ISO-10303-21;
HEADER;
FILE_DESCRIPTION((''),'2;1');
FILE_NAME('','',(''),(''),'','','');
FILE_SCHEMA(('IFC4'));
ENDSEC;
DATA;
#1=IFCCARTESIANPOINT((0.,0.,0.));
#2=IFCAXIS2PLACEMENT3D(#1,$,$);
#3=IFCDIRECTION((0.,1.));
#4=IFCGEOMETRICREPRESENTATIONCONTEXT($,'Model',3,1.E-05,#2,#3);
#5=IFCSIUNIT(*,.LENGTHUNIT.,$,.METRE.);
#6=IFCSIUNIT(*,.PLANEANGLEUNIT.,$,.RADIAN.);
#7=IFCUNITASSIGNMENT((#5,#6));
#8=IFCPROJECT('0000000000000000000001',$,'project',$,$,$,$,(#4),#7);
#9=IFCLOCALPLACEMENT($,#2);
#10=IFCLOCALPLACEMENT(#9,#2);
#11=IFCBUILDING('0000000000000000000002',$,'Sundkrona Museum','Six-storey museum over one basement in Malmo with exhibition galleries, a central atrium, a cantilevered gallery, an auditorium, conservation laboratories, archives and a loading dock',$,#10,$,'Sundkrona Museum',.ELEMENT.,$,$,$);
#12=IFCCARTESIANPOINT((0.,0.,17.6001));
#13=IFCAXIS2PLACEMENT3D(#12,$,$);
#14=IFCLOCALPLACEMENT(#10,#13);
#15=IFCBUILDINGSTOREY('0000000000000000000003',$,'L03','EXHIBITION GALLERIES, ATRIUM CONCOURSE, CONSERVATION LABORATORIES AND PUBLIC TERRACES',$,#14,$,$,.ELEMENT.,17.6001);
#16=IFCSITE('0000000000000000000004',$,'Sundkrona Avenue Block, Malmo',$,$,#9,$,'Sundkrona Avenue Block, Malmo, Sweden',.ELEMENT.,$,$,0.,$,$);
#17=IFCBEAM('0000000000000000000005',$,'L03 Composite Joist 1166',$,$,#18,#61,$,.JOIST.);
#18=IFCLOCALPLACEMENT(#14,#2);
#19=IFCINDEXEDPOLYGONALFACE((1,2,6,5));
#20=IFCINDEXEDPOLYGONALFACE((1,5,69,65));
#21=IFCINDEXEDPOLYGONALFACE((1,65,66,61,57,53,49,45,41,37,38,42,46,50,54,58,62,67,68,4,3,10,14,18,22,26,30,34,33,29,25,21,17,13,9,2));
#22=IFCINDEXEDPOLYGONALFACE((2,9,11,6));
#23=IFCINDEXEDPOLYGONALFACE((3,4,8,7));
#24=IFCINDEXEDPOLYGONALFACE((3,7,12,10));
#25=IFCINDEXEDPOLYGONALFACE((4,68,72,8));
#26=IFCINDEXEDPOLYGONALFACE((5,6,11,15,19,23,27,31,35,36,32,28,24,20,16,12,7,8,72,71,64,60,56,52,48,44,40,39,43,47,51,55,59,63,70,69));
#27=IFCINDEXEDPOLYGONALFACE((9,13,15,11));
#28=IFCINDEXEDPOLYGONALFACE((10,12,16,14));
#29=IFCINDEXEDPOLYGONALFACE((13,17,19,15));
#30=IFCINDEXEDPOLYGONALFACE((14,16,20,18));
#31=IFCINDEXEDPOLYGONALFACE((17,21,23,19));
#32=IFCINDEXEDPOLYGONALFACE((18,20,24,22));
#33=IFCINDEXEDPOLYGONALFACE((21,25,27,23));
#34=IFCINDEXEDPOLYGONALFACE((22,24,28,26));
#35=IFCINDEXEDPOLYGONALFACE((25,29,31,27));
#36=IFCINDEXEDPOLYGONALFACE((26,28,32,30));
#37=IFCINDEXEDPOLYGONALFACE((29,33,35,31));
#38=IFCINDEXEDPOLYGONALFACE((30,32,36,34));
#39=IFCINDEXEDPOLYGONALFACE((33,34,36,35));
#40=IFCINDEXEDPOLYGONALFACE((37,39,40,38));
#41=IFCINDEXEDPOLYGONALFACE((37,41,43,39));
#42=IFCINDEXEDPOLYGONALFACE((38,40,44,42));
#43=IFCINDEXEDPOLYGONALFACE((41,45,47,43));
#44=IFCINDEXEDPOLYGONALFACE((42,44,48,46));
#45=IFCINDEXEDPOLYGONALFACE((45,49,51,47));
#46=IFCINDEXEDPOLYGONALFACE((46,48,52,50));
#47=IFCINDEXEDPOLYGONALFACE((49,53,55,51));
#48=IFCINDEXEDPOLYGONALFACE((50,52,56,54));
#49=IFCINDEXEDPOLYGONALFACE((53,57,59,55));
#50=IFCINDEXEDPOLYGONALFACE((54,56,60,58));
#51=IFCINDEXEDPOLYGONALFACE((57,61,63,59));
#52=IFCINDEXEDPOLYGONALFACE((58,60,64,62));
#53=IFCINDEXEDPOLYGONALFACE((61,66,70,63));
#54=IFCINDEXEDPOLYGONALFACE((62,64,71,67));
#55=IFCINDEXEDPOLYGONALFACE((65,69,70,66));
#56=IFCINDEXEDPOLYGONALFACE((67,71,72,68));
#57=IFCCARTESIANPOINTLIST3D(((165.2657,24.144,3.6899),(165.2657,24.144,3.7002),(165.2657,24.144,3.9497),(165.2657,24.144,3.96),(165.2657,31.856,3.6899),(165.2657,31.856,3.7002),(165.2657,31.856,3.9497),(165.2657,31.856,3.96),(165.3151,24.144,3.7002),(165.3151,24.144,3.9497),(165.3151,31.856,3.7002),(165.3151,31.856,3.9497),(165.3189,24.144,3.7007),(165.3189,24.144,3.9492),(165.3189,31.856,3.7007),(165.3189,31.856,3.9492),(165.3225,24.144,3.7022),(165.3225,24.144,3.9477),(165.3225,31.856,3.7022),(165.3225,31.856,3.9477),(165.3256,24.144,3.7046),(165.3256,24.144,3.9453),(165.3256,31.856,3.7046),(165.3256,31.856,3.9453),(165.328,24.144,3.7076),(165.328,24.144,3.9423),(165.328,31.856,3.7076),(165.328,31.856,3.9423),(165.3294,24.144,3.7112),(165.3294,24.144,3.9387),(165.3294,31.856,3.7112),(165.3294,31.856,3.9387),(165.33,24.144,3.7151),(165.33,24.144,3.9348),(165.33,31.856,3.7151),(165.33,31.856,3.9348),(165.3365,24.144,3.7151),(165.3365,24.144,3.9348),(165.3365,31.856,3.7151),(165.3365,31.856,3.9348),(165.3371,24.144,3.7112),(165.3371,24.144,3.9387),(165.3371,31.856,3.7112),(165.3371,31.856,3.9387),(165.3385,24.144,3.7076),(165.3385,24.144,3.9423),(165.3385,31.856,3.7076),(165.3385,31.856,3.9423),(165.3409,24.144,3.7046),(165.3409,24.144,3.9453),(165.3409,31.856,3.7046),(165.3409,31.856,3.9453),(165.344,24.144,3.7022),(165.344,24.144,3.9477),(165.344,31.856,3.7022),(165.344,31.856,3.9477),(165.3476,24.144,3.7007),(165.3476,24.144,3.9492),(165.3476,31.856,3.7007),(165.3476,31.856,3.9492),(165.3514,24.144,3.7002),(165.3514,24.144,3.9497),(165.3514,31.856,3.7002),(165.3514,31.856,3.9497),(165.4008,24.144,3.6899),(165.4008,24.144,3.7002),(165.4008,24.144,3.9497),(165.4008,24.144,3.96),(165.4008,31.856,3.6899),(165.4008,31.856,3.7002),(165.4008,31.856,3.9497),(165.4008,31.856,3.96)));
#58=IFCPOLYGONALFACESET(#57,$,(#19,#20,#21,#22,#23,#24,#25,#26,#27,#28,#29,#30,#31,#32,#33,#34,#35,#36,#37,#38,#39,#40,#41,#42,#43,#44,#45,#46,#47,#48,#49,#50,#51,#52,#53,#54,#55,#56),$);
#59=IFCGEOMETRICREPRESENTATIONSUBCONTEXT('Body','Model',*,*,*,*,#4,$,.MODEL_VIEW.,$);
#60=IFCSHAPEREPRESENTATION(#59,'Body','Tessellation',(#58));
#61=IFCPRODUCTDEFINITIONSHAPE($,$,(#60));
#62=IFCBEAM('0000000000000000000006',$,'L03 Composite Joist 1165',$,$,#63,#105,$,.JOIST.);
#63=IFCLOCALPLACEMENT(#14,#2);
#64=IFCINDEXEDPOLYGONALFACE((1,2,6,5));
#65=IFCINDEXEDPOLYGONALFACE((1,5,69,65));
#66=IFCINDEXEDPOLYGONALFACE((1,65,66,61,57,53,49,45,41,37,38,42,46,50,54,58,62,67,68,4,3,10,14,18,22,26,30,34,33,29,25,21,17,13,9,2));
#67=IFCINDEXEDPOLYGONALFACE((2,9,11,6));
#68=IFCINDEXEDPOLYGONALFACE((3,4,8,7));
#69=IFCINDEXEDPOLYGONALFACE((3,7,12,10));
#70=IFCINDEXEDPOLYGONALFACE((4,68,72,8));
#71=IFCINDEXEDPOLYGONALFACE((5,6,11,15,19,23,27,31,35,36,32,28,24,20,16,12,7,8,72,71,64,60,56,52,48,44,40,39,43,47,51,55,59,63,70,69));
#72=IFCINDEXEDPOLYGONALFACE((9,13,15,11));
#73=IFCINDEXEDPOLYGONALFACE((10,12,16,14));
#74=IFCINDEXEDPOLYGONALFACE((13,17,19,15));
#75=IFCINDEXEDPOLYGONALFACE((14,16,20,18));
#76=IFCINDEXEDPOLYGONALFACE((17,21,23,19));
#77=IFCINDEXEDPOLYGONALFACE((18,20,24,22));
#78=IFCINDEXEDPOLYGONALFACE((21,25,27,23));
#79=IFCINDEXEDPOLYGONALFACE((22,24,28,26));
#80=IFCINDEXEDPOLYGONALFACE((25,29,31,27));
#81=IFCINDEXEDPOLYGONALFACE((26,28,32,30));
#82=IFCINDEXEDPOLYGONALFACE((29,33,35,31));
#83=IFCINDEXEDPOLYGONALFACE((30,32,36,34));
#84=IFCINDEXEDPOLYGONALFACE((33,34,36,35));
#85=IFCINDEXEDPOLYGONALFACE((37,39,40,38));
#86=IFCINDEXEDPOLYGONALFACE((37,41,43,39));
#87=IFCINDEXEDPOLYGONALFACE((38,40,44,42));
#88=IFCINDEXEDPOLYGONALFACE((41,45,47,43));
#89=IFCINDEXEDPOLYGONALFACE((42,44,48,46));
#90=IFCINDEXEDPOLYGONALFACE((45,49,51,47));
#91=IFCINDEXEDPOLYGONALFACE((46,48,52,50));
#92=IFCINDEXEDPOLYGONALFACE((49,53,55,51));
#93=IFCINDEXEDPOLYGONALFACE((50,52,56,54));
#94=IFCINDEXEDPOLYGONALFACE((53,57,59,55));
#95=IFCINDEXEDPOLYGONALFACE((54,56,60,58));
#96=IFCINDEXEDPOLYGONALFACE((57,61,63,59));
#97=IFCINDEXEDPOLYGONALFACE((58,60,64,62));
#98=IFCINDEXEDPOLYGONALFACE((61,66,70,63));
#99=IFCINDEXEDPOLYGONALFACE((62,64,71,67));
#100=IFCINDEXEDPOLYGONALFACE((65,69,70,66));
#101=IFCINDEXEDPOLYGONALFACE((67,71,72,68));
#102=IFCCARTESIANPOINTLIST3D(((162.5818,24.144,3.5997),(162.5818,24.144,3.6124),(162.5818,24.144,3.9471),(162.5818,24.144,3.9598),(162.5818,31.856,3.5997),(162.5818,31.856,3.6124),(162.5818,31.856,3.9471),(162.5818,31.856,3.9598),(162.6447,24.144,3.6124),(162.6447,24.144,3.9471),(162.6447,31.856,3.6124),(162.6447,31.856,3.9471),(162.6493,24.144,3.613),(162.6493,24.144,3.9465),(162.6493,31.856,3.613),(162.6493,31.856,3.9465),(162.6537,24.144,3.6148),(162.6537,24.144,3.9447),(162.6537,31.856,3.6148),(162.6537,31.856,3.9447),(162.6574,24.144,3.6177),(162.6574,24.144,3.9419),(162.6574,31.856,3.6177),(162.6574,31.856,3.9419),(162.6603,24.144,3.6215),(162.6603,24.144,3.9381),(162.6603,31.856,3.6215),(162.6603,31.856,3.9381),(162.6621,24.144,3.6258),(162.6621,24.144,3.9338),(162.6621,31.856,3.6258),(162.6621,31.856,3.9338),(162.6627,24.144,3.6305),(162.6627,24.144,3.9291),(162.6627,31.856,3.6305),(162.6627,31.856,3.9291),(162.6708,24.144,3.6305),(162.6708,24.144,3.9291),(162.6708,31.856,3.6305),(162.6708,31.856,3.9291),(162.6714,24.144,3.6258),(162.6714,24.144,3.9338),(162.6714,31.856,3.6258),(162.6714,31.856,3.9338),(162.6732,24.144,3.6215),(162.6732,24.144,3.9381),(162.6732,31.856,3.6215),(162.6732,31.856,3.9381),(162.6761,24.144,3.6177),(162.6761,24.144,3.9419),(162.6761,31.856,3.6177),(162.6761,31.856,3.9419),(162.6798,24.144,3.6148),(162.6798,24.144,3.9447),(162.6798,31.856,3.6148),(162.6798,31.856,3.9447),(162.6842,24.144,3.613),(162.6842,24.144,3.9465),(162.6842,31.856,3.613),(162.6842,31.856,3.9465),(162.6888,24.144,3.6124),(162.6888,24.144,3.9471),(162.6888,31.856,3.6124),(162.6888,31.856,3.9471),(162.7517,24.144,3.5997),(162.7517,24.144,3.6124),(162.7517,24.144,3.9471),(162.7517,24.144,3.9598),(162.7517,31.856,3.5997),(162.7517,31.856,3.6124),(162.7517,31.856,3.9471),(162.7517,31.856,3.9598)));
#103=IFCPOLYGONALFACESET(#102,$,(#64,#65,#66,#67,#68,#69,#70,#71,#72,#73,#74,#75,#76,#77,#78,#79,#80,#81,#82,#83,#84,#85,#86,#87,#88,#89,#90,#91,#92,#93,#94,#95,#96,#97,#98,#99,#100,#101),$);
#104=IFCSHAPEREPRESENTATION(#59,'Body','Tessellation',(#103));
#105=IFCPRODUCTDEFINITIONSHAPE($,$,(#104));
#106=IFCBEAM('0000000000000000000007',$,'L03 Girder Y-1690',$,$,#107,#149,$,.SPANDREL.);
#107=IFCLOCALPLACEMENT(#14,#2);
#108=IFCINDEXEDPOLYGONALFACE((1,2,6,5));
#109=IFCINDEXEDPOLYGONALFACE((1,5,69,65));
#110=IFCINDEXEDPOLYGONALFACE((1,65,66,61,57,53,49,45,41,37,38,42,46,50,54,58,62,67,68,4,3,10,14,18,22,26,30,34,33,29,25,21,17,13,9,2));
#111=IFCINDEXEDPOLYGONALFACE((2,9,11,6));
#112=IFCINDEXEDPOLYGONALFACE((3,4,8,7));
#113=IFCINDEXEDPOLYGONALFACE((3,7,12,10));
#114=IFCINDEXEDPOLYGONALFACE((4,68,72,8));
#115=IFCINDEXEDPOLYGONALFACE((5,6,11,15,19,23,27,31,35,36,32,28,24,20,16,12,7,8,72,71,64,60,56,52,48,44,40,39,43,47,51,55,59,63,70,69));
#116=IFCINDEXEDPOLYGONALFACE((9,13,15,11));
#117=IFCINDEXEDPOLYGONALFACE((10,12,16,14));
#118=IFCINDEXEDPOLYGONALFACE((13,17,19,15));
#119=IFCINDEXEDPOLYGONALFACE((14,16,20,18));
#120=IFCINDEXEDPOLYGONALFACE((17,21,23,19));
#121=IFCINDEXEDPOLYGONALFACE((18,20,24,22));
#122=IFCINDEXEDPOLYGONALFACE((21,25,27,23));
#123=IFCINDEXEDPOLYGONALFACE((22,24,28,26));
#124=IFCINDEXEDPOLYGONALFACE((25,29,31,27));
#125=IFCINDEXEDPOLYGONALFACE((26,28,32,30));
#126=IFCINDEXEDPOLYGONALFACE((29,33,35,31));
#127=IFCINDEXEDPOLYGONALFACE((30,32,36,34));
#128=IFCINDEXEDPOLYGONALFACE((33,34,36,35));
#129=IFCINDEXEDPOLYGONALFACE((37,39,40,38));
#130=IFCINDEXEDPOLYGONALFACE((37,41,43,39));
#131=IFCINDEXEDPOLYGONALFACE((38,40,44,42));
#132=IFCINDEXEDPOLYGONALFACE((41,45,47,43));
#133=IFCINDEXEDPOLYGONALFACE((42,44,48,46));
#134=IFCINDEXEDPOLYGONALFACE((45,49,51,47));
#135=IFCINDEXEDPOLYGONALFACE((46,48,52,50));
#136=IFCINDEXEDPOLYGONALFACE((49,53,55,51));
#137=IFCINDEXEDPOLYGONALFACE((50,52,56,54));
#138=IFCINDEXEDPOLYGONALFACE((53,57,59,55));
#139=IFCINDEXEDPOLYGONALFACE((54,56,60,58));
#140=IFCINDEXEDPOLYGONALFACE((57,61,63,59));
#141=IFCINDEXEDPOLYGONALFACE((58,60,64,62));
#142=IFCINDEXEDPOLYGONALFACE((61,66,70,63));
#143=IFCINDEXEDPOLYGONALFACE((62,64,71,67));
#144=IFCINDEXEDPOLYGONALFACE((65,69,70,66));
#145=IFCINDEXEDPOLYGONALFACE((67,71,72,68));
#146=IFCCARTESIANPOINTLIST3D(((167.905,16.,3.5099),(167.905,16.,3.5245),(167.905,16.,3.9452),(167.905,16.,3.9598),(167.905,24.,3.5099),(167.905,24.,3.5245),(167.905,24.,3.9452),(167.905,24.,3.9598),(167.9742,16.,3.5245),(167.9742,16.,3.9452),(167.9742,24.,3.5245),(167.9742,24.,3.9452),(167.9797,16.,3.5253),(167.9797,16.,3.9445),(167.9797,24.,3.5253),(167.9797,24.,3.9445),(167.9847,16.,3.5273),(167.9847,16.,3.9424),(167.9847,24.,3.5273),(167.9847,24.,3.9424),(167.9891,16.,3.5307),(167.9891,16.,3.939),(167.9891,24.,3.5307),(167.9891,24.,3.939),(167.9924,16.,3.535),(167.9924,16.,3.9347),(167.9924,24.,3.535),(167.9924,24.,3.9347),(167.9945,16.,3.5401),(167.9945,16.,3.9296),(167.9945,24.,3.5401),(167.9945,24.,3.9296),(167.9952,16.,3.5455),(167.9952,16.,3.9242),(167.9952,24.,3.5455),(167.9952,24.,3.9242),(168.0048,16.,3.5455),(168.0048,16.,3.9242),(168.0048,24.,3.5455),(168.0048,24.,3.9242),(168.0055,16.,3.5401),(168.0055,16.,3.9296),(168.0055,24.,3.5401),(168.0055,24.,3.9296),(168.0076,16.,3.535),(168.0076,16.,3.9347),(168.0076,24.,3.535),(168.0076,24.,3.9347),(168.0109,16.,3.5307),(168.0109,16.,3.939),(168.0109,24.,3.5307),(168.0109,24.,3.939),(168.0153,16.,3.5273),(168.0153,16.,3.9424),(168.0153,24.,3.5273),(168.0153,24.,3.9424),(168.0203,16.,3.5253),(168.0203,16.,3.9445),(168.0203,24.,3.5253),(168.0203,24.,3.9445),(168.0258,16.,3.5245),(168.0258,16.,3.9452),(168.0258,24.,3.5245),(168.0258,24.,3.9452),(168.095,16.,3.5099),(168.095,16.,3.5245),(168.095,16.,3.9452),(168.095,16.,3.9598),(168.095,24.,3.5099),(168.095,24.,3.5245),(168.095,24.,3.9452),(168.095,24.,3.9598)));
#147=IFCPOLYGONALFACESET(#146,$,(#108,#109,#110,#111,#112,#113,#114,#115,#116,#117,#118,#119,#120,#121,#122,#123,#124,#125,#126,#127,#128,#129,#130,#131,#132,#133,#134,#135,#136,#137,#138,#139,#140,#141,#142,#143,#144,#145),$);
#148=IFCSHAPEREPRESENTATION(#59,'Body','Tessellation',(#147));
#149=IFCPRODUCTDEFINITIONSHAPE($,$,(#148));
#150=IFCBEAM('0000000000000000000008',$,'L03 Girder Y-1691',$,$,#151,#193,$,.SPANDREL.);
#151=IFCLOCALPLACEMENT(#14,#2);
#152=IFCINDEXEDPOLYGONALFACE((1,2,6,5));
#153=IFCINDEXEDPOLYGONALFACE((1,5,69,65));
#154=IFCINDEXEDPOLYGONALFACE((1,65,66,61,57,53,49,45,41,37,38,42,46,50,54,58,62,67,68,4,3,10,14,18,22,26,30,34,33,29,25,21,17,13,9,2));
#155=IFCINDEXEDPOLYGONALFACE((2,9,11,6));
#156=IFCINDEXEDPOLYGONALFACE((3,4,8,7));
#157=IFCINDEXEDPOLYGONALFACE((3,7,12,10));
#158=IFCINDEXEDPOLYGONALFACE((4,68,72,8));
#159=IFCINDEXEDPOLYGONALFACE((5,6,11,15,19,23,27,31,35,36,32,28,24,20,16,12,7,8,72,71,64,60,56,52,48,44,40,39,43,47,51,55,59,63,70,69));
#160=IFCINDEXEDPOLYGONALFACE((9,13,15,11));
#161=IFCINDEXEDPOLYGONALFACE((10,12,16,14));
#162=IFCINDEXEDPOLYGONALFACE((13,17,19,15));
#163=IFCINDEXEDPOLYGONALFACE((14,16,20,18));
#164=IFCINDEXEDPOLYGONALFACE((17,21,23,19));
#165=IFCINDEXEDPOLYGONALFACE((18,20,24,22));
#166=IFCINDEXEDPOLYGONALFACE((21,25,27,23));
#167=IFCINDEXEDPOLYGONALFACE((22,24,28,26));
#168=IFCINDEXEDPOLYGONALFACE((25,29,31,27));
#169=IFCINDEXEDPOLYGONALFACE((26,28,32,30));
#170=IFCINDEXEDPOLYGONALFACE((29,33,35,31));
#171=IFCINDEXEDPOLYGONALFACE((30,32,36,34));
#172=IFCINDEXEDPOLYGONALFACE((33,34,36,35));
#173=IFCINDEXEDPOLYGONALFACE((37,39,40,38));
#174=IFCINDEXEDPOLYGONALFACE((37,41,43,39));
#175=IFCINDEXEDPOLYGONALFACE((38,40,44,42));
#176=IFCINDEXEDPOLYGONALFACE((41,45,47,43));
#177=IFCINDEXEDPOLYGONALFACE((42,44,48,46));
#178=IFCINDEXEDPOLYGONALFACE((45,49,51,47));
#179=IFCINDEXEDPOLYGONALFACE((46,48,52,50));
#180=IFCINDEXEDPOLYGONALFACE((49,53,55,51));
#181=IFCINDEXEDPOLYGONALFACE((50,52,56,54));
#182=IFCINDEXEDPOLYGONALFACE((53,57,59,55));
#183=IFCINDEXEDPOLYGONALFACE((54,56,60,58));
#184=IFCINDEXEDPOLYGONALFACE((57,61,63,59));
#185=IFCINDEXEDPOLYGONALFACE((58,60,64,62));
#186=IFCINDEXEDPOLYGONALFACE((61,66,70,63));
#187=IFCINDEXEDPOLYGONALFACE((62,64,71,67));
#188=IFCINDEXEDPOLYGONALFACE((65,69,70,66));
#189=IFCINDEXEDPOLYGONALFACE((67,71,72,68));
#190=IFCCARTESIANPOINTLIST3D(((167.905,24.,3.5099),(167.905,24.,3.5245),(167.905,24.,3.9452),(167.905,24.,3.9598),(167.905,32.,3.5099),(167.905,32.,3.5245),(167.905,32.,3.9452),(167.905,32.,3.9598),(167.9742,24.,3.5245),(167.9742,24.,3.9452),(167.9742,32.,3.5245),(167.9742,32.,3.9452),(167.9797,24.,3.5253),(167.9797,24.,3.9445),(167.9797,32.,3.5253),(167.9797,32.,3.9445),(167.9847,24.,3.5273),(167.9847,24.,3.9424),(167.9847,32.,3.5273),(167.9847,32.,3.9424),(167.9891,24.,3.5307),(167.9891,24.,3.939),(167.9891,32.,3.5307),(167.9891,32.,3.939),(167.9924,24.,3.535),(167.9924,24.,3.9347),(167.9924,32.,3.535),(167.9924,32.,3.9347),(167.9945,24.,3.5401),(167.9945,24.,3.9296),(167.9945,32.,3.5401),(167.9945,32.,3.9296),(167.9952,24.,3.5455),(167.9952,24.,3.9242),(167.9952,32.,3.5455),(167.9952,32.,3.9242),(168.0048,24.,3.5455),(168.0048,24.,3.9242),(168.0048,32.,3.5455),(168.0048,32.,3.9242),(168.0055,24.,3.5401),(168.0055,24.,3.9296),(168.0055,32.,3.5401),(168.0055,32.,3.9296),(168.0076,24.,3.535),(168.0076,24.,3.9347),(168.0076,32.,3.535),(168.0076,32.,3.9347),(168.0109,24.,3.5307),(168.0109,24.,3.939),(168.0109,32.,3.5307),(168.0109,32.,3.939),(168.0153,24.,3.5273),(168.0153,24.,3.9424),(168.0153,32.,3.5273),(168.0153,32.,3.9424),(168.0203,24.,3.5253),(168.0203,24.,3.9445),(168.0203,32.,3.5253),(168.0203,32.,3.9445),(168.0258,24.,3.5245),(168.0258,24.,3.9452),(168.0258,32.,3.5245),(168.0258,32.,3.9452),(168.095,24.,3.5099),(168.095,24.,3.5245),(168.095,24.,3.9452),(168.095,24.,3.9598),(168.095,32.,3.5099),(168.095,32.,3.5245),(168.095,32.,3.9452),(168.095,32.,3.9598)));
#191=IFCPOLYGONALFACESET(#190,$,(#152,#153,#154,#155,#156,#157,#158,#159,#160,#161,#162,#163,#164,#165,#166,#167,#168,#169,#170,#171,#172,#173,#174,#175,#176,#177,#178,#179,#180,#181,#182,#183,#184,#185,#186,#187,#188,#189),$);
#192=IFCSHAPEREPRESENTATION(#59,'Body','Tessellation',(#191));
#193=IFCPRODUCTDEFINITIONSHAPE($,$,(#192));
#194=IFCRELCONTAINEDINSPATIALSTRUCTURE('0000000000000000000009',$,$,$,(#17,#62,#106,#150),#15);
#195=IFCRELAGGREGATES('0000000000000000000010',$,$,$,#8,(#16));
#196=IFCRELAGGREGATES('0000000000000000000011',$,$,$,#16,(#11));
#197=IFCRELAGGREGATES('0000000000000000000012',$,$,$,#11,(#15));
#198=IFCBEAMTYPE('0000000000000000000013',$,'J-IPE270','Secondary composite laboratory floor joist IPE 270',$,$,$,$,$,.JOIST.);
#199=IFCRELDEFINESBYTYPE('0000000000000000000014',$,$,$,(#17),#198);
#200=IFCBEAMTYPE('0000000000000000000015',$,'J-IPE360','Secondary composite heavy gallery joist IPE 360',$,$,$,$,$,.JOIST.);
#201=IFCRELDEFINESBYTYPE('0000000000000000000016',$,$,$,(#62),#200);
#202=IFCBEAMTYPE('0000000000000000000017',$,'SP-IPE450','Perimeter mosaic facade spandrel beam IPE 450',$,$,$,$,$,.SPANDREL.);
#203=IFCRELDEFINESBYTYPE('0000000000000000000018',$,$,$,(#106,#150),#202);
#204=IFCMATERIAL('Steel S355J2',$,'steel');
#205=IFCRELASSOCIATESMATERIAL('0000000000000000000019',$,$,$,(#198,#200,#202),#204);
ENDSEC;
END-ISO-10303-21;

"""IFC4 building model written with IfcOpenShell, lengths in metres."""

from ifc_helpers import new_model, si_unit, direction, frame, origin, origin_2d, place, context, subcontext, project, spatial, i_section, extrude, material, material_profile, profile_set, type_object, element, save


model = new_model("IFC4")

# Units and contexts
model_context = context("Model", 3, precision=1e-05, world=origin(), true_north=direction((0.0, 1.0)))
body_context = subcontext(model_context, "Body", "Model", "MODEL_VIEW")
ifc_project = project(units=[si_unit("LENGTHUNIT", "METRE"), si_unit("PLANEANGLEUNIT", "RADIAN")], contexts=[model_context])

# Site, building, storey
site_placement = place(None, origin())
site = spatial("IfcSite", under=ifc_project, at=site_placement, Name="Sundkrona Avenue Block, Malmo", LongName="Sundkrona Avenue Block, Malmo, Sweden", CompositionType="ELEMENT", RefElevation=0.0)
building_placement = place(site_placement, origin())
building = spatial("IfcBuilding", under=site, at=building_placement, Name="Sundkrona Museum", Description="Six-storey museum over one basement in Malmo with exhibition galleries, a central atrium, a cantilevered gallery, an auditorium, conservation laboratories, archives and a loading dock", LongName="Sundkrona Museum", CompositionType="ELEMENT")
storey_placement = place(building_placement, frame((0.0, 0.0, 17.6001)))
storey = spatial("IfcBuildingStorey", under=building, at=storey_placement, Name="L03", Description="EXHIBITION GALLERIES, ATRIUM CONCOURSE, CONSERVATION LABORATORIES AND PUBLIC TERRACES", CompositionType="ELEMENT", Elevation=17.6001)

# Shared definitions
ifc_material_1 = material(Name="Steel S355J2", Category="steel")

# Beams
ifc_material_profile_1 = material_profile(ifc_material_1, i_section(OverallWidth=0.135, OverallDepth=0.27, WebThickness=0.0066, FlangeThickness=0.0103, FilletRadius=0.0149, at=origin_2d()), Name="IPE 270")
ifc_profile_set_1 = profile_set([ifc_material_profile_1], Name="Steel S355J2")
beam_type_1 = type_object("IfcBeamType", Name="J-IPE270", Description="Secondary composite laboratory floor joist IPE 270", PredefinedType="JOIST", material=ifc_profile_set_1)
for number, where, z_axis, x_axis, name in (
    (1, (165.3333, 24.144, 3.825), (0.0, 1.0, 0.0), (-1.0, 0.0, 0.0), "L03 Composite Joist 1166"),
):
    element("IfcBeam", number, at=place(storey_placement, frame(where, z_axis=z_axis, x_axis=x_axis)), inside=storey, type_object=beam_type_1, Name=name, PredefinedType="JOIST", context=body_context, shape_type="SweptSolid", body=[
        extrude(i_section(OverallWidth=0.135, OverallDepth=0.27, WebThickness=0.0066, FlangeThickness=0.0103, FilletRadius=0.0149, at=origin_2d()), origin(), (0.0, 0.0, 1.0), 7.7119),
    ])
ifc_material_profile_2 = material_profile(ifc_material_1, i_section(OverallWidth=0.1699, OverallDepth=0.3601, WebThickness=0.0081, FlangeThickness=0.0127, FilletRadius=0.0181, at=origin_2d()), Name="IPE 360")
ifc_profile_set_2 = profile_set([ifc_material_profile_2], Name="Steel S355J2")
beam_type_2 = type_object("IfcBeamType", Name="J-IPE360", Description="Secondary composite heavy gallery joist IPE 360", PredefinedType="JOIST", material=ifc_profile_set_2)
beam_placement = place(storey_placement, frame((162.6667, 24.144, 3.7798), z_axis=(0.0, 1.0, 0.0), x_axis=(-1.0, 0.0, 0.0)))
element("IfcBeam", 2, at=beam_placement, inside=storey, type_object=beam_type_2, Name="L03 Composite Joist 1165", PredefinedType="JOIST", context=body_context, shape_type="SweptSolid", body=[
    extrude(i_section(OverallWidth=0.1699, OverallDepth=0.3601, WebThickness=0.0081, FlangeThickness=0.0127, FilletRadius=0.0181, at=origin_2d()), origin(), (0.0, 0.0, 1.0), 7.7119),
])
ifc_material_profile_3 = material_profile(ifc_material_1, i_section(OverallWidth=0.1899, OverallDepth=0.45, WebThickness=0.0095, FlangeThickness=0.0146, FilletRadius=0.021, at=origin_2d()), Name="IPE 450")
ifc_profile_set_3 = profile_set([ifc_material_profile_3], Name="Steel S355J2")
beam_type_3 = type_object("IfcBeamType", Name="SP-IPE450", Description="Perimeter mosaic facade spandrel beam IPE 450", PredefinedType="SPANDREL", material=ifc_profile_set_3)
for number, where, z_axis, x_axis, name in (
    (3, (168.0, 16.0, 3.7349), (0.0, 1.0, 0.0), (-1.0, 0.0, 0.0), "L03 Girder Y-1690"),
    (4, (168.0, 24.0, 3.7349), (0.0, 1.0, 0.0), (-1.0, 0.0, 0.0), "L03 Girder Y-1691"),
):
    element("IfcBeam", number, at=place(storey_placement, frame(where, z_axis=z_axis, x_axis=x_axis)), inside=storey, type_object=beam_type_3, Name=name, PredefinedType="SPANDREL", context=body_context, shape_type="SweptSolid", body=[
        extrude(i_section(OverallWidth=0.1899, OverallDepth=0.45, WebThickness=0.0095, FlangeThickness=0.0146, FilletRadius=0.021, at=origin_2d()), origin(), (0.0, 0.0, 1.0), 8.0),
    ])

save(model, "model.ifc")
